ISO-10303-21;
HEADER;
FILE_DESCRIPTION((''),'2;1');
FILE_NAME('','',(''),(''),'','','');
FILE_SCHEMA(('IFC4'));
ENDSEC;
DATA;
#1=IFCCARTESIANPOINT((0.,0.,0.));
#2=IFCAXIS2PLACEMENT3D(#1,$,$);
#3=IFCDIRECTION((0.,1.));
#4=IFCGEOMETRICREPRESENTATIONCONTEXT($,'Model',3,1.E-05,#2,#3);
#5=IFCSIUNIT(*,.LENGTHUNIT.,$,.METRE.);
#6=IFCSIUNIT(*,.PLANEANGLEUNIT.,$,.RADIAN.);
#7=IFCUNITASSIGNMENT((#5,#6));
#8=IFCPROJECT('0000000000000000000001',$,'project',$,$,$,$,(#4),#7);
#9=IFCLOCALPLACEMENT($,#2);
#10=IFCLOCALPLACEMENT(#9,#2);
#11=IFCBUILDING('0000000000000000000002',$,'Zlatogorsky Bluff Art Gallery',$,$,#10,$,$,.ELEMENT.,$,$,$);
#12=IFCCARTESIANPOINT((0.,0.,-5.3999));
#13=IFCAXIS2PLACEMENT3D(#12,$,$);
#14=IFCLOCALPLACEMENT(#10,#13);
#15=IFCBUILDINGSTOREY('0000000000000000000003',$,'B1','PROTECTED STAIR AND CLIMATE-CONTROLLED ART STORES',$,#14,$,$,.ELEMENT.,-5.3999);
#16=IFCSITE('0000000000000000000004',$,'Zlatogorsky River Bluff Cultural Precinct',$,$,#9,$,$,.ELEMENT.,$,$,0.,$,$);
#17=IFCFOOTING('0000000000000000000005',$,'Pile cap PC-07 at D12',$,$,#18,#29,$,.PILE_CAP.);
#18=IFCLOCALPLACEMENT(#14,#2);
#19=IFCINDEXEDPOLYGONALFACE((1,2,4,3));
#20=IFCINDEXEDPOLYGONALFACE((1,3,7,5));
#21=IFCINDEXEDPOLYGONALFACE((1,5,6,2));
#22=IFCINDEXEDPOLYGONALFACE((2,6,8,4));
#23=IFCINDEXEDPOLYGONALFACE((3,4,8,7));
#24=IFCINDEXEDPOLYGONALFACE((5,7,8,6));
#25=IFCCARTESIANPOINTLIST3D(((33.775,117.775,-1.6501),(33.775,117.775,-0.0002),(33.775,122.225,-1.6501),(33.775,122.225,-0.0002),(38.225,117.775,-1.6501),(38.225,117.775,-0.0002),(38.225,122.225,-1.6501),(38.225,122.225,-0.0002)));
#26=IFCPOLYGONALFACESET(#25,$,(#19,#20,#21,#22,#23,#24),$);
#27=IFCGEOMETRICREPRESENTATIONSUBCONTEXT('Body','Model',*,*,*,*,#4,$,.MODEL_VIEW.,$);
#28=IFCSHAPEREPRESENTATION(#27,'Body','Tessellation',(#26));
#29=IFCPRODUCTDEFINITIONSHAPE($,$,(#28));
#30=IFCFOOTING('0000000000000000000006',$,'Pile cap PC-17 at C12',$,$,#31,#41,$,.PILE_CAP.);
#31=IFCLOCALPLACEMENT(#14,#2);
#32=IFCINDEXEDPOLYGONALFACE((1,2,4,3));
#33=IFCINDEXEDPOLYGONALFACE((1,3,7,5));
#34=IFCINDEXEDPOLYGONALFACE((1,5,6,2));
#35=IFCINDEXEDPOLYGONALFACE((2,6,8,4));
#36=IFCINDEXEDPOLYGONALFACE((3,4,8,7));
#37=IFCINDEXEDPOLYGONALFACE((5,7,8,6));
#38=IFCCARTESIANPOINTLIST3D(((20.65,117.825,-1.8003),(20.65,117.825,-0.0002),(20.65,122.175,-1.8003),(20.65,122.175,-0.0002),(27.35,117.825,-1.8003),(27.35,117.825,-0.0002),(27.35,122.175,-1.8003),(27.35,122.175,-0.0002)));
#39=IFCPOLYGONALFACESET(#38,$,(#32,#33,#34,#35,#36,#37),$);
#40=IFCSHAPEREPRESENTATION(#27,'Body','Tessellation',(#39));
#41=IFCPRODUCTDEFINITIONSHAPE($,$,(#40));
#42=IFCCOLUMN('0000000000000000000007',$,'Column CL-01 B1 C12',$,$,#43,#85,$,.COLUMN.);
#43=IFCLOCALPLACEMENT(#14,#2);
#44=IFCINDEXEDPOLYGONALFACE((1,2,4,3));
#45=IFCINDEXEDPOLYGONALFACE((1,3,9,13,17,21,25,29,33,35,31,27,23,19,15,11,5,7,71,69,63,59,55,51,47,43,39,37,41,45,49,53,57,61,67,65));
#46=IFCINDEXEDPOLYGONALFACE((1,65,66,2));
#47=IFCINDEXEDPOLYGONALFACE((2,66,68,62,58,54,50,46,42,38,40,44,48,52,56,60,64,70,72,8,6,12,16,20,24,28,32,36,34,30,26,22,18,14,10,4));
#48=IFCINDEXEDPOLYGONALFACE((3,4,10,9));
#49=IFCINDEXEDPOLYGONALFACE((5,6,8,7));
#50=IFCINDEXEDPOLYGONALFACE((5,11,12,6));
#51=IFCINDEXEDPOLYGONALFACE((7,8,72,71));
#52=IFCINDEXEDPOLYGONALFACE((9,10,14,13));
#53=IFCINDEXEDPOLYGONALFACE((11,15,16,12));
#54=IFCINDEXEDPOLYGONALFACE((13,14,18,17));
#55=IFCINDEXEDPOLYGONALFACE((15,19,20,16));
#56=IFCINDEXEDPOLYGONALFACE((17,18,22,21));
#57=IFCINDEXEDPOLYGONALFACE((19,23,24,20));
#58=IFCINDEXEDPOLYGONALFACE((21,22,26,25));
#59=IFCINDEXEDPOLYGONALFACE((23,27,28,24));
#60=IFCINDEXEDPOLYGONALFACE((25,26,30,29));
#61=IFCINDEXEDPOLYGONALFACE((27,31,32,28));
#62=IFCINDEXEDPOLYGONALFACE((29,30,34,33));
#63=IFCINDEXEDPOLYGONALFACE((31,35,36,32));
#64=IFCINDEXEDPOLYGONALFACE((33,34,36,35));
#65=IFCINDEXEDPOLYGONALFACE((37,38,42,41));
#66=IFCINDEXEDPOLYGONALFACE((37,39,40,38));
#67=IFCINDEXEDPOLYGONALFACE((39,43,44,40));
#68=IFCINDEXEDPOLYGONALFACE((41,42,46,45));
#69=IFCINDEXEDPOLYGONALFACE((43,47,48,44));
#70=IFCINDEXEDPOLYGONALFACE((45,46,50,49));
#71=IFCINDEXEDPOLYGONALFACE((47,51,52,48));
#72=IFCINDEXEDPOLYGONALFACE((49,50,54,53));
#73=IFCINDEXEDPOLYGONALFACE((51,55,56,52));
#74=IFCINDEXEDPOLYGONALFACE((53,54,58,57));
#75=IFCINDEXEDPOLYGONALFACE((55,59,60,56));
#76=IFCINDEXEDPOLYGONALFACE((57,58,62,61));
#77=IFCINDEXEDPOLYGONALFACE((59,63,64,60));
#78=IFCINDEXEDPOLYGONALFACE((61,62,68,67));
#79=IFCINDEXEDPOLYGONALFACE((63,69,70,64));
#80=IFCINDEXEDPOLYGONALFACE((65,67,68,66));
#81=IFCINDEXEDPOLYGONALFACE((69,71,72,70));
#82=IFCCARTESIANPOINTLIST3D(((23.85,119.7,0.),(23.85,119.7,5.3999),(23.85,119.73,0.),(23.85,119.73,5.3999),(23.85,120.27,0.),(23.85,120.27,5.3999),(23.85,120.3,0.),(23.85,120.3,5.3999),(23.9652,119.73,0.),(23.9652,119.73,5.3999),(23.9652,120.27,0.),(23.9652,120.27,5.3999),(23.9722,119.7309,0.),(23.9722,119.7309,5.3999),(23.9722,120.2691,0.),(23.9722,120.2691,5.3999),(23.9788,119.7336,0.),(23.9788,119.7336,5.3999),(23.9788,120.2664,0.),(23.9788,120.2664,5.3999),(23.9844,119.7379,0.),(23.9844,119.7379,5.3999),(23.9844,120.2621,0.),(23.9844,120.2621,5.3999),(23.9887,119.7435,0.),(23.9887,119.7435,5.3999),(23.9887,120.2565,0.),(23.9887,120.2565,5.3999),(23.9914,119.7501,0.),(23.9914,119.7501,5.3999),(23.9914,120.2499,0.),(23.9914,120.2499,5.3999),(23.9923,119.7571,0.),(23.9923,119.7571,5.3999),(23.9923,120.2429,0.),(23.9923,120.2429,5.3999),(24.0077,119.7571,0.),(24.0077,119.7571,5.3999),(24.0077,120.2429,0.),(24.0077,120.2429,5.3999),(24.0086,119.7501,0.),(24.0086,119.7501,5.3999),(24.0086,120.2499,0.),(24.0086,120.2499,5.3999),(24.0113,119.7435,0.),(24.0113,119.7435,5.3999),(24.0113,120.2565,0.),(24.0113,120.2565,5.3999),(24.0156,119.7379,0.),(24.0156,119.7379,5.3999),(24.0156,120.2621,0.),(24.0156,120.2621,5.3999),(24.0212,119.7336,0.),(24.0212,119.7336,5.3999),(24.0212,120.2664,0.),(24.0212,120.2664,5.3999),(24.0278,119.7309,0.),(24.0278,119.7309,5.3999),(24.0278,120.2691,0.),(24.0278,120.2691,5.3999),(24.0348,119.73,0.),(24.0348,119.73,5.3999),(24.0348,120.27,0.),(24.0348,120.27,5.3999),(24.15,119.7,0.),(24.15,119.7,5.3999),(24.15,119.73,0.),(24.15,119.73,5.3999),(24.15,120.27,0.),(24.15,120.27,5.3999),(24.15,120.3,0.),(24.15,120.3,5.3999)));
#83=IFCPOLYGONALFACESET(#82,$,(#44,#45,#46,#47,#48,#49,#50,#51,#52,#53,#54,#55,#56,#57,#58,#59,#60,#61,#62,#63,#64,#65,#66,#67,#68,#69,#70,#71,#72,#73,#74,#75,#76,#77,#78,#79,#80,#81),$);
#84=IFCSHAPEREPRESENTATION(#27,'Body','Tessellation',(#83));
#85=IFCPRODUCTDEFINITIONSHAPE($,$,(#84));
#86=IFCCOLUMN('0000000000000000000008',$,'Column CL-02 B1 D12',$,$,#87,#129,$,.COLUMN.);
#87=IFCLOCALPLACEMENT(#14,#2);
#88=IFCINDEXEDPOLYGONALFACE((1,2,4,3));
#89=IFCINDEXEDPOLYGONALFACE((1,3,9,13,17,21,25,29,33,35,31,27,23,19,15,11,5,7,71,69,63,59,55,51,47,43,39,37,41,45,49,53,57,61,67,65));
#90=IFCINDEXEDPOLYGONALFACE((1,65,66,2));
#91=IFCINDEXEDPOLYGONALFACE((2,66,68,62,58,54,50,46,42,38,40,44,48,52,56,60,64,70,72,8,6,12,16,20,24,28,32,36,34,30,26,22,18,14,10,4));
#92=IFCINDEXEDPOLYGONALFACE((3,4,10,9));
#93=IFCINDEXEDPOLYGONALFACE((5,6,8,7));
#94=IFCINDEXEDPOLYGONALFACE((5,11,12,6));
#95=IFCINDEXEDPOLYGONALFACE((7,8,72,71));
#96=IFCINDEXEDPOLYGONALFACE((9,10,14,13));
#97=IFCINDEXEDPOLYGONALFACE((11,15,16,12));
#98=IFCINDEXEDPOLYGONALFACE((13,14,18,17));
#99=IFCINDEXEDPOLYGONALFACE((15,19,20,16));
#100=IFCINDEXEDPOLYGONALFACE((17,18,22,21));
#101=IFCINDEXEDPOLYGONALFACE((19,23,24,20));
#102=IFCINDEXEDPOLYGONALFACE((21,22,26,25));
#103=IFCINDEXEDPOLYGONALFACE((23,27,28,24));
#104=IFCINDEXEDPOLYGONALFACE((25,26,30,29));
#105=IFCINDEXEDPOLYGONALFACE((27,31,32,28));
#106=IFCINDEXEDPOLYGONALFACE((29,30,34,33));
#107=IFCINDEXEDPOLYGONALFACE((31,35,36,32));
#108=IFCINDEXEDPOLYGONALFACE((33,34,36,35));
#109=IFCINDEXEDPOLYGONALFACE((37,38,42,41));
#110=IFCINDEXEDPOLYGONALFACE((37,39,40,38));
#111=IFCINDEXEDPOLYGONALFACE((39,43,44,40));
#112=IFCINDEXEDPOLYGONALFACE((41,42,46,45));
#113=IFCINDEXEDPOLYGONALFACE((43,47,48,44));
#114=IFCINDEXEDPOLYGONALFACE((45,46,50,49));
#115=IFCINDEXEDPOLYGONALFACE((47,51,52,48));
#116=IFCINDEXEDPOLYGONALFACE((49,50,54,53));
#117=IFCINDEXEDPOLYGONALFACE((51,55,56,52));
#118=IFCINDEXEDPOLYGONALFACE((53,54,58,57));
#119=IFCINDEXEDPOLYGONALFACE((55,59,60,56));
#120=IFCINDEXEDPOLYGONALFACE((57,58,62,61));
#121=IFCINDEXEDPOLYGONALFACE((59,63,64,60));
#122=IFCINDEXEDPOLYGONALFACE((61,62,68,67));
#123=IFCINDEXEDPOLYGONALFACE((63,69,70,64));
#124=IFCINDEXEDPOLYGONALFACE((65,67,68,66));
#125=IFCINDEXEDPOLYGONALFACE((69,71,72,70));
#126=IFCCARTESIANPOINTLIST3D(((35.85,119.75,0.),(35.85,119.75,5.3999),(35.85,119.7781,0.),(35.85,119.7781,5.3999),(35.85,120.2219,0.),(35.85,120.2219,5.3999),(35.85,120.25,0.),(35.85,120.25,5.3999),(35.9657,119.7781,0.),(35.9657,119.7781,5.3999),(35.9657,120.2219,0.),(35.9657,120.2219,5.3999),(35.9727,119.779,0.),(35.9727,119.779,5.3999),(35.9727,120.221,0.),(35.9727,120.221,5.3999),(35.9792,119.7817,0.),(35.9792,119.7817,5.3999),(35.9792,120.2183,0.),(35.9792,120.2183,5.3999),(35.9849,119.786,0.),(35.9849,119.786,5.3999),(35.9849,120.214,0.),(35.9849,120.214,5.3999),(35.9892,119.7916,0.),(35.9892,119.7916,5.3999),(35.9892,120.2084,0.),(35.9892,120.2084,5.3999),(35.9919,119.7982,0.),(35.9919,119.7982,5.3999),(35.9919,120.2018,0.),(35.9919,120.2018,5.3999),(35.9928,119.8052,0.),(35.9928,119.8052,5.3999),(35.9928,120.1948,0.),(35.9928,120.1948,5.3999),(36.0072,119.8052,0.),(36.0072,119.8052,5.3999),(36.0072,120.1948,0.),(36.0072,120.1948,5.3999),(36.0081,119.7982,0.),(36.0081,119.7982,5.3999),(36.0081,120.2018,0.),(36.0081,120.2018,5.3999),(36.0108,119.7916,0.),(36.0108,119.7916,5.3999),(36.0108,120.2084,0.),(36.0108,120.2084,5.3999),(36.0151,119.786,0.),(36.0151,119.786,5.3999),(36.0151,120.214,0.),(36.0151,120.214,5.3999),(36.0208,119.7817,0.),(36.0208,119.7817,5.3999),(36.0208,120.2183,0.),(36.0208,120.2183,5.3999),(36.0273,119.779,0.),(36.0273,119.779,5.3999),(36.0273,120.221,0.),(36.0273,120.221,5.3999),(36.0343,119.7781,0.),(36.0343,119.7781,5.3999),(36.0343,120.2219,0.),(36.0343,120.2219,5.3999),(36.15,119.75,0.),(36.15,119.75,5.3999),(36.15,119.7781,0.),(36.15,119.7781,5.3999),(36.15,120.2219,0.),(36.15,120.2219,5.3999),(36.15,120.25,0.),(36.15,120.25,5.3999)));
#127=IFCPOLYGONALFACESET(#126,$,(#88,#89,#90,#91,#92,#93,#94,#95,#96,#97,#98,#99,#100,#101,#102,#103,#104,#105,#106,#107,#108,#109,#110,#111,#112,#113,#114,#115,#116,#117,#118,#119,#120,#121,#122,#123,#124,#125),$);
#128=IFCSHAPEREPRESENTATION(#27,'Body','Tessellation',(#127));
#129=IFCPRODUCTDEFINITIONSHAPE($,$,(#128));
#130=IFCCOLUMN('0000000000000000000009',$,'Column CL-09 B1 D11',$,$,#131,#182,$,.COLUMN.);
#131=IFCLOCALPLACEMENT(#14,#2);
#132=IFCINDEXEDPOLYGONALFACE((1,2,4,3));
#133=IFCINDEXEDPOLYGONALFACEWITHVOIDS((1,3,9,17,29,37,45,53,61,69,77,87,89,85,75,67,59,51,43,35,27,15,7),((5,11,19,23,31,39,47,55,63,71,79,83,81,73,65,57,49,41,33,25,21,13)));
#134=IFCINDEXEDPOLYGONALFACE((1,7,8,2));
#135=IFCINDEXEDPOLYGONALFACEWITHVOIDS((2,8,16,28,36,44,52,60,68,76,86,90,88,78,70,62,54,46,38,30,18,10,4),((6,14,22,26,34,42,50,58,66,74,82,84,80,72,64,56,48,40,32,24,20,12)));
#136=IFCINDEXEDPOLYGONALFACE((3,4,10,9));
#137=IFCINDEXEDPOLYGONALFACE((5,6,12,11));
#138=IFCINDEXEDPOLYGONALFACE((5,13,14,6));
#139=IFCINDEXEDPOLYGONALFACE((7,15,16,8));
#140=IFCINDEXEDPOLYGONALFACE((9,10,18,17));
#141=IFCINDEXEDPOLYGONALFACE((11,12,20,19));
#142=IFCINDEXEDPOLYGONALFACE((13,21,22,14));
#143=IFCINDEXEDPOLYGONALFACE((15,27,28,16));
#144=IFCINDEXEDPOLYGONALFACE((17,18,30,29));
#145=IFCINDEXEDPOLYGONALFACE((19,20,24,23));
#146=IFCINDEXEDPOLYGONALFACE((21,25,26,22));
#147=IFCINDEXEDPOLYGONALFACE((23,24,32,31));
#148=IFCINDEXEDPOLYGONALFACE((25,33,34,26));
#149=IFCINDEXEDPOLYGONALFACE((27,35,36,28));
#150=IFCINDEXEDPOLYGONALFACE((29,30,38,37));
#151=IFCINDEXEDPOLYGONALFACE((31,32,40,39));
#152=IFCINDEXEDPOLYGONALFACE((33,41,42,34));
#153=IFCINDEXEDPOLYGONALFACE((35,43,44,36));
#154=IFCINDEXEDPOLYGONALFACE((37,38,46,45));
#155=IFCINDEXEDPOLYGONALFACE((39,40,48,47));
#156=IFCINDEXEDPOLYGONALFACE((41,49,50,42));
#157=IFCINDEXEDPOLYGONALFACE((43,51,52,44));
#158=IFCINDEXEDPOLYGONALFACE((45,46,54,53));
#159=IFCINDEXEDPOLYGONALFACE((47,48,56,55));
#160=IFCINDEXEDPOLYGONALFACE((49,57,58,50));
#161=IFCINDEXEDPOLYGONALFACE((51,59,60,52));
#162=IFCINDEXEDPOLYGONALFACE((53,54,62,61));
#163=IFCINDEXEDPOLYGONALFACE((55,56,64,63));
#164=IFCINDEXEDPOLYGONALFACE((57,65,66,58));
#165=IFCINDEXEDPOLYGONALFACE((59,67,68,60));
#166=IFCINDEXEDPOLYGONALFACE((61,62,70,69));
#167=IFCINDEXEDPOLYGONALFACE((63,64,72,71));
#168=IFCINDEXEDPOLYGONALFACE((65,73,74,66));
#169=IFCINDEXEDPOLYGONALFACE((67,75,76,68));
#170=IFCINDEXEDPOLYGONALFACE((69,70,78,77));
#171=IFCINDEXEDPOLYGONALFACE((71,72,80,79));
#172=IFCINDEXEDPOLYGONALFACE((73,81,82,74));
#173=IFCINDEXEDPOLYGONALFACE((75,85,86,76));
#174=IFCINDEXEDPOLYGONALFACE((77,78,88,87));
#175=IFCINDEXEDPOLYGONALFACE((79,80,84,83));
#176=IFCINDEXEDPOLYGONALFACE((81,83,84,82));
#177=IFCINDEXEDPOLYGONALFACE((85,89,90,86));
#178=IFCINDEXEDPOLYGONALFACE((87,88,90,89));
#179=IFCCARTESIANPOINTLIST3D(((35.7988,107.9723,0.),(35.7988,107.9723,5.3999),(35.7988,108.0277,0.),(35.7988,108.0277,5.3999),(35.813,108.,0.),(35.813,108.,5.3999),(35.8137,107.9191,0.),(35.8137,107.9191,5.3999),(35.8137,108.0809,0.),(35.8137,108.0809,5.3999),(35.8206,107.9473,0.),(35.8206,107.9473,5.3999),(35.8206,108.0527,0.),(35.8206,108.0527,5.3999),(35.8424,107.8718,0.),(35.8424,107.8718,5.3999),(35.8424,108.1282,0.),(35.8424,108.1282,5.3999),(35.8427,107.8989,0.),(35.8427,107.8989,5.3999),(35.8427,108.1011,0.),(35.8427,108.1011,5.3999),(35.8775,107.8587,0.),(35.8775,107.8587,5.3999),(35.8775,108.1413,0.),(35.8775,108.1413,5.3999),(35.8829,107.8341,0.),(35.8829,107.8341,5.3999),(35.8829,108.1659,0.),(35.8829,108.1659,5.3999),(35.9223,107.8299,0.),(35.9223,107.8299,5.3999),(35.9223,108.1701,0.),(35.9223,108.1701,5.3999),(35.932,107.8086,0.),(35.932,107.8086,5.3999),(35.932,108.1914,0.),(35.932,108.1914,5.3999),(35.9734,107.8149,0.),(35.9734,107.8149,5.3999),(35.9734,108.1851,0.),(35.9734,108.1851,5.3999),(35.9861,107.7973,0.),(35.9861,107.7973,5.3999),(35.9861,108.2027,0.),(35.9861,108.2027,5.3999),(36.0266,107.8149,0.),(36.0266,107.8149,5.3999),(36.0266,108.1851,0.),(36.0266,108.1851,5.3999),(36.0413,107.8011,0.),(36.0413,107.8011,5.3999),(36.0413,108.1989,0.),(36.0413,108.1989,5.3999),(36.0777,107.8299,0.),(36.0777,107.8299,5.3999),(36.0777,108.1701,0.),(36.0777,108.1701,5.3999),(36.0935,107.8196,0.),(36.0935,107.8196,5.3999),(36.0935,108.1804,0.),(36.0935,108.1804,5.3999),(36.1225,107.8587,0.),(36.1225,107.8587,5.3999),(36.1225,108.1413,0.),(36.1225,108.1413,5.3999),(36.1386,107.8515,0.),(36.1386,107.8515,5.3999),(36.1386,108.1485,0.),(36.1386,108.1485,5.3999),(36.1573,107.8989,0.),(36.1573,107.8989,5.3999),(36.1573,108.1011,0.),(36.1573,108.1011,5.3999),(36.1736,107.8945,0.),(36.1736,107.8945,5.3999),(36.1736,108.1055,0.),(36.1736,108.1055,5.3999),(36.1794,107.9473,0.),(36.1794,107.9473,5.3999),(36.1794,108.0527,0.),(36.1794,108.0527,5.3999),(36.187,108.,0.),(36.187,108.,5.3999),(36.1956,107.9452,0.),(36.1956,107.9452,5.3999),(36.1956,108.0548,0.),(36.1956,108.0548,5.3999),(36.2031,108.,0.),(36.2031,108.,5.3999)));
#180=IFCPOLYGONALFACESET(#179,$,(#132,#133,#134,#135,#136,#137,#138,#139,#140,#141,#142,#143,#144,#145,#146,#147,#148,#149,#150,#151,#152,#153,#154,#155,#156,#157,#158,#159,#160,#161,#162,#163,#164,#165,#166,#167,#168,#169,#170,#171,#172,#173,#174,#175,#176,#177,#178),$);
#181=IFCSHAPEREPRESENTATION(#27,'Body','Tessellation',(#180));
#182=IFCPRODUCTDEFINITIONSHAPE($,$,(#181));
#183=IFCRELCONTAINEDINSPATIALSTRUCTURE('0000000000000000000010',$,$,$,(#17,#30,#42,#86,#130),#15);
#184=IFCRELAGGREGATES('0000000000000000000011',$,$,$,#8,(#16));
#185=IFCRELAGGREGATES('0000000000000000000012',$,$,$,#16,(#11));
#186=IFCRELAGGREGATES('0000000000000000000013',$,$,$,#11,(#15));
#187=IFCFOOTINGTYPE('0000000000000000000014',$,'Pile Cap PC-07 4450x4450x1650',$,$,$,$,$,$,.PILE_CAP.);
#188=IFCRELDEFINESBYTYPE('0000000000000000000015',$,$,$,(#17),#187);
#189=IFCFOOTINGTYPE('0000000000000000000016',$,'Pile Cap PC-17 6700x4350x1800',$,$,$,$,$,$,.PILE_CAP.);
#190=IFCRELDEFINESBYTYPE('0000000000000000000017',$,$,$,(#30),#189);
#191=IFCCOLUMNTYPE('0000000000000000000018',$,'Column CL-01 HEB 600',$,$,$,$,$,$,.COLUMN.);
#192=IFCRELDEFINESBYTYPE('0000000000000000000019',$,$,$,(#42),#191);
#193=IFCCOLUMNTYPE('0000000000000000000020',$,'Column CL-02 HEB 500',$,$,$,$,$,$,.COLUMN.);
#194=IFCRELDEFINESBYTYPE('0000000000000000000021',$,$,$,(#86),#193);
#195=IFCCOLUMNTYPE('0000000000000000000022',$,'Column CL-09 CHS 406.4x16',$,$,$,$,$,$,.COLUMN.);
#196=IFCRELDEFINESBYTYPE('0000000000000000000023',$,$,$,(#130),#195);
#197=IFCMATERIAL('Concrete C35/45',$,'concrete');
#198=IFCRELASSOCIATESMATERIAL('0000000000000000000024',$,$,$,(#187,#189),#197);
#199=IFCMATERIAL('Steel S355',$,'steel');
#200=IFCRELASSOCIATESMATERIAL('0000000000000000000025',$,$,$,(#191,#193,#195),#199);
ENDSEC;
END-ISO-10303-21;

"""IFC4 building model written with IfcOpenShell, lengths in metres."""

from ifc_helpers import new_model, si_unit, direction, frame, origin, origin_2d, place, context, subcontext, project, spatial, rectangle, hollow_circle, i_section, extrude, material, material_profile, profile_set, type_object, element, save


model = new_model("IFC4")

# Units and contexts
model_context = context("Model", 3, precision=1e-05, world=origin(), true_north=direction((0.0, 1.0)))
body_context = subcontext(model_context, "Body", "Model", "MODEL_VIEW")
ifc_project = project(units=[si_unit("LENGTHUNIT", "METRE"), si_unit("PLANEANGLEUNIT", "RADIAN")], contexts=[model_context])

# Site, building, storey
site_placement = place(None, origin())
site = spatial("IfcSite", under=ifc_project, at=site_placement, Name="Zlatogorsky River Bluff Cultural Precinct", CompositionType="ELEMENT", RefElevation=0.0)
building_placement = place(site_placement, origin())
building = spatial("IfcBuilding", under=site, at=building_placement, Name="Zlatogorsky Bluff Art Gallery", CompositionType="ELEMENT")
storey_placement = place(building_placement, frame((0.0, 0.0, -5.3999)))
storey = spatial("IfcBuildingStorey", under=building, at=storey_placement, Name="B1", Description="PROTECTED STAIR AND CLIMATE-CONTROLLED ART STORES", CompositionType="ELEMENT", Elevation=-5.3999)

# Shared definitions
ifc_material_1 = material(Name="Concrete C35/45", Category="concrete")

# Footings
footing_type_1 = type_object("IfcFootingType", Name="Pile Cap PC-07 4450x4450x1650", PredefinedType="PILE_CAP", material=ifc_material_1)
footing_1_placement = place(storey_placement, frame((36.0, 120.0, -1.6501), z_axis=(0.0, 0.0, 1.0), x_axis=(1.0, 0.0, 0.0)))
element("IfcFooting", 1, at=footing_1_placement, inside=storey, type_object=footing_type_1, Name="Pile cap PC-07 at D12", PredefinedType="PILE_CAP", context=body_context, shape_type="SweptSolid", body=[
    extrude(rectangle(XDim=4.45, YDim=4.45, at=origin_2d()), origin(), (0.0, 0.0, 1.0), 1.6499),
])
footing_type_2 = type_object("IfcFootingType", Name="Pile Cap PC-17 6700x4350x1800", PredefinedType="PILE_CAP", material=ifc_material_1)
footing_2_placement = place(storey_placement, frame((24.0, 120.0, -1.8003), z_axis=(0.0, 0.0, 1.0), x_axis=(1.0, 0.0, 0.0)))
element("IfcFooting", 2, at=footing_2_placement, inside=storey, type_object=footing_type_2, Name="Pile cap PC-17 at C12", PredefinedType="PILE_CAP", context=body_context, shape_type="SweptSolid", body=[
    extrude(rectangle(XDim=6.7, YDim=4.3501, at=origin_2d()), origin(), (0.0, 0.0, 1.0), 1.8),
])

# Columns
ifc_material_2 = material(Name="Steel S355", Category="steel")
ifc_material_profile_1 = material_profile(ifc_material_2, i_section(OverallWidth=0.3, OverallDepth=0.6001, WebThickness=0.0154, FlangeThickness=0.03, FilletRadius=0.0271, at=origin_2d()), Name="HEB 600")
ifc_profile_set_1 = profile_set([ifc_material_profile_1], Name="Steel S355")
column_type_1 = type_object("IfcColumnType", Name="Column CL-01 HEB 600", PredefinedType="COLUMN", material=ifc_profile_set_1)
column_1_placement = place(storey_placement, frame((24.0, 120.0, 0.0), z_axis=(0.0, 0.0, 1.0), x_axis=(1.0, 0.0, 0.0)))
element("IfcColumn", 3, at=column_1_placement, inside=storey, type_object=column_type_1, Name="Column CL-01 B1 C12", PredefinedType="COLUMN", context=body_context, shape_type="SweptSolid", body=[
    extrude(i_section(OverallWidth=0.3, OverallDepth=0.6001, WebThickness=0.0154, FlangeThickness=0.03, FilletRadius=0.0271, at=origin_2d()), origin(), (0.0, 0.0, 1.0), 5.3999),
])
ifc_material_profile_2 = material_profile(ifc_material_2, i_section(OverallWidth=0.3, OverallDepth=0.5, WebThickness=0.0144, FlangeThickness=0.0281, FilletRadius=0.0271, at=origin_2d()), Name="HEB 500")
ifc_profile_set_2 = profile_set([ifc_material_profile_2], Name="Steel S355")
column_type_2 = type_object("IfcColumnType", Name="Column CL-02 HEB 500", PredefinedType="COLUMN", material=ifc_profile_set_2)
column_2_placement = place(storey_placement, frame((36.0, 120.0, 0.0), z_axis=(0.0, 0.0, 1.0), x_axis=(1.0, 0.0, 0.0)))
element("IfcColumn", 4, at=column_2_placement, inside=storey, type_object=column_type_2, Name="Column CL-02 B1 D12", PredefinedType="COLUMN", context=body_context, shape_type="SweptSolid", body=[
    extrude(i_section(OverallWidth=0.3, OverallDepth=0.5, WebThickness=0.0144, FlangeThickness=0.0281, FilletRadius=0.0271, at=origin_2d()), origin(), (0.0, 0.0, 1.0), 5.3999),
])
ifc_material_profile_3 = material_profile(ifc_material_2, hollow_circle(Radius=0.2031, WallThickness=0.0161, at=origin_2d()), Name="CHS 406.4x16")
ifc_profile_set_3 = profile_set([ifc_material_profile_3], Name="Steel S355")
column_type_3 = type_object("IfcColumnType", Name="Column CL-09 CHS 406.4x16", PredefinedType="COLUMN", material=ifc_profile_set_3)
column_3_placement = place(storey_placement, frame((36.0, 108.0, 0.0), z_axis=(0.0, 0.0, 1.0), x_axis=(1.0, 0.0, 0.0)))
element("IfcColumn", 5, at=column_3_placement, inside=storey, type_object=column_type_3, Name="Column CL-09 B1 D11", PredefinedType="COLUMN", context=body_context, shape_type="SweptSolid", body=[
    extrude(hollow_circle(Radius=0.2031, WallThickness=0.0161, at=origin_2d()), origin(), (0.0, 0.0, 1.0), 5.3999),
])

save(model, "model.ifc")
